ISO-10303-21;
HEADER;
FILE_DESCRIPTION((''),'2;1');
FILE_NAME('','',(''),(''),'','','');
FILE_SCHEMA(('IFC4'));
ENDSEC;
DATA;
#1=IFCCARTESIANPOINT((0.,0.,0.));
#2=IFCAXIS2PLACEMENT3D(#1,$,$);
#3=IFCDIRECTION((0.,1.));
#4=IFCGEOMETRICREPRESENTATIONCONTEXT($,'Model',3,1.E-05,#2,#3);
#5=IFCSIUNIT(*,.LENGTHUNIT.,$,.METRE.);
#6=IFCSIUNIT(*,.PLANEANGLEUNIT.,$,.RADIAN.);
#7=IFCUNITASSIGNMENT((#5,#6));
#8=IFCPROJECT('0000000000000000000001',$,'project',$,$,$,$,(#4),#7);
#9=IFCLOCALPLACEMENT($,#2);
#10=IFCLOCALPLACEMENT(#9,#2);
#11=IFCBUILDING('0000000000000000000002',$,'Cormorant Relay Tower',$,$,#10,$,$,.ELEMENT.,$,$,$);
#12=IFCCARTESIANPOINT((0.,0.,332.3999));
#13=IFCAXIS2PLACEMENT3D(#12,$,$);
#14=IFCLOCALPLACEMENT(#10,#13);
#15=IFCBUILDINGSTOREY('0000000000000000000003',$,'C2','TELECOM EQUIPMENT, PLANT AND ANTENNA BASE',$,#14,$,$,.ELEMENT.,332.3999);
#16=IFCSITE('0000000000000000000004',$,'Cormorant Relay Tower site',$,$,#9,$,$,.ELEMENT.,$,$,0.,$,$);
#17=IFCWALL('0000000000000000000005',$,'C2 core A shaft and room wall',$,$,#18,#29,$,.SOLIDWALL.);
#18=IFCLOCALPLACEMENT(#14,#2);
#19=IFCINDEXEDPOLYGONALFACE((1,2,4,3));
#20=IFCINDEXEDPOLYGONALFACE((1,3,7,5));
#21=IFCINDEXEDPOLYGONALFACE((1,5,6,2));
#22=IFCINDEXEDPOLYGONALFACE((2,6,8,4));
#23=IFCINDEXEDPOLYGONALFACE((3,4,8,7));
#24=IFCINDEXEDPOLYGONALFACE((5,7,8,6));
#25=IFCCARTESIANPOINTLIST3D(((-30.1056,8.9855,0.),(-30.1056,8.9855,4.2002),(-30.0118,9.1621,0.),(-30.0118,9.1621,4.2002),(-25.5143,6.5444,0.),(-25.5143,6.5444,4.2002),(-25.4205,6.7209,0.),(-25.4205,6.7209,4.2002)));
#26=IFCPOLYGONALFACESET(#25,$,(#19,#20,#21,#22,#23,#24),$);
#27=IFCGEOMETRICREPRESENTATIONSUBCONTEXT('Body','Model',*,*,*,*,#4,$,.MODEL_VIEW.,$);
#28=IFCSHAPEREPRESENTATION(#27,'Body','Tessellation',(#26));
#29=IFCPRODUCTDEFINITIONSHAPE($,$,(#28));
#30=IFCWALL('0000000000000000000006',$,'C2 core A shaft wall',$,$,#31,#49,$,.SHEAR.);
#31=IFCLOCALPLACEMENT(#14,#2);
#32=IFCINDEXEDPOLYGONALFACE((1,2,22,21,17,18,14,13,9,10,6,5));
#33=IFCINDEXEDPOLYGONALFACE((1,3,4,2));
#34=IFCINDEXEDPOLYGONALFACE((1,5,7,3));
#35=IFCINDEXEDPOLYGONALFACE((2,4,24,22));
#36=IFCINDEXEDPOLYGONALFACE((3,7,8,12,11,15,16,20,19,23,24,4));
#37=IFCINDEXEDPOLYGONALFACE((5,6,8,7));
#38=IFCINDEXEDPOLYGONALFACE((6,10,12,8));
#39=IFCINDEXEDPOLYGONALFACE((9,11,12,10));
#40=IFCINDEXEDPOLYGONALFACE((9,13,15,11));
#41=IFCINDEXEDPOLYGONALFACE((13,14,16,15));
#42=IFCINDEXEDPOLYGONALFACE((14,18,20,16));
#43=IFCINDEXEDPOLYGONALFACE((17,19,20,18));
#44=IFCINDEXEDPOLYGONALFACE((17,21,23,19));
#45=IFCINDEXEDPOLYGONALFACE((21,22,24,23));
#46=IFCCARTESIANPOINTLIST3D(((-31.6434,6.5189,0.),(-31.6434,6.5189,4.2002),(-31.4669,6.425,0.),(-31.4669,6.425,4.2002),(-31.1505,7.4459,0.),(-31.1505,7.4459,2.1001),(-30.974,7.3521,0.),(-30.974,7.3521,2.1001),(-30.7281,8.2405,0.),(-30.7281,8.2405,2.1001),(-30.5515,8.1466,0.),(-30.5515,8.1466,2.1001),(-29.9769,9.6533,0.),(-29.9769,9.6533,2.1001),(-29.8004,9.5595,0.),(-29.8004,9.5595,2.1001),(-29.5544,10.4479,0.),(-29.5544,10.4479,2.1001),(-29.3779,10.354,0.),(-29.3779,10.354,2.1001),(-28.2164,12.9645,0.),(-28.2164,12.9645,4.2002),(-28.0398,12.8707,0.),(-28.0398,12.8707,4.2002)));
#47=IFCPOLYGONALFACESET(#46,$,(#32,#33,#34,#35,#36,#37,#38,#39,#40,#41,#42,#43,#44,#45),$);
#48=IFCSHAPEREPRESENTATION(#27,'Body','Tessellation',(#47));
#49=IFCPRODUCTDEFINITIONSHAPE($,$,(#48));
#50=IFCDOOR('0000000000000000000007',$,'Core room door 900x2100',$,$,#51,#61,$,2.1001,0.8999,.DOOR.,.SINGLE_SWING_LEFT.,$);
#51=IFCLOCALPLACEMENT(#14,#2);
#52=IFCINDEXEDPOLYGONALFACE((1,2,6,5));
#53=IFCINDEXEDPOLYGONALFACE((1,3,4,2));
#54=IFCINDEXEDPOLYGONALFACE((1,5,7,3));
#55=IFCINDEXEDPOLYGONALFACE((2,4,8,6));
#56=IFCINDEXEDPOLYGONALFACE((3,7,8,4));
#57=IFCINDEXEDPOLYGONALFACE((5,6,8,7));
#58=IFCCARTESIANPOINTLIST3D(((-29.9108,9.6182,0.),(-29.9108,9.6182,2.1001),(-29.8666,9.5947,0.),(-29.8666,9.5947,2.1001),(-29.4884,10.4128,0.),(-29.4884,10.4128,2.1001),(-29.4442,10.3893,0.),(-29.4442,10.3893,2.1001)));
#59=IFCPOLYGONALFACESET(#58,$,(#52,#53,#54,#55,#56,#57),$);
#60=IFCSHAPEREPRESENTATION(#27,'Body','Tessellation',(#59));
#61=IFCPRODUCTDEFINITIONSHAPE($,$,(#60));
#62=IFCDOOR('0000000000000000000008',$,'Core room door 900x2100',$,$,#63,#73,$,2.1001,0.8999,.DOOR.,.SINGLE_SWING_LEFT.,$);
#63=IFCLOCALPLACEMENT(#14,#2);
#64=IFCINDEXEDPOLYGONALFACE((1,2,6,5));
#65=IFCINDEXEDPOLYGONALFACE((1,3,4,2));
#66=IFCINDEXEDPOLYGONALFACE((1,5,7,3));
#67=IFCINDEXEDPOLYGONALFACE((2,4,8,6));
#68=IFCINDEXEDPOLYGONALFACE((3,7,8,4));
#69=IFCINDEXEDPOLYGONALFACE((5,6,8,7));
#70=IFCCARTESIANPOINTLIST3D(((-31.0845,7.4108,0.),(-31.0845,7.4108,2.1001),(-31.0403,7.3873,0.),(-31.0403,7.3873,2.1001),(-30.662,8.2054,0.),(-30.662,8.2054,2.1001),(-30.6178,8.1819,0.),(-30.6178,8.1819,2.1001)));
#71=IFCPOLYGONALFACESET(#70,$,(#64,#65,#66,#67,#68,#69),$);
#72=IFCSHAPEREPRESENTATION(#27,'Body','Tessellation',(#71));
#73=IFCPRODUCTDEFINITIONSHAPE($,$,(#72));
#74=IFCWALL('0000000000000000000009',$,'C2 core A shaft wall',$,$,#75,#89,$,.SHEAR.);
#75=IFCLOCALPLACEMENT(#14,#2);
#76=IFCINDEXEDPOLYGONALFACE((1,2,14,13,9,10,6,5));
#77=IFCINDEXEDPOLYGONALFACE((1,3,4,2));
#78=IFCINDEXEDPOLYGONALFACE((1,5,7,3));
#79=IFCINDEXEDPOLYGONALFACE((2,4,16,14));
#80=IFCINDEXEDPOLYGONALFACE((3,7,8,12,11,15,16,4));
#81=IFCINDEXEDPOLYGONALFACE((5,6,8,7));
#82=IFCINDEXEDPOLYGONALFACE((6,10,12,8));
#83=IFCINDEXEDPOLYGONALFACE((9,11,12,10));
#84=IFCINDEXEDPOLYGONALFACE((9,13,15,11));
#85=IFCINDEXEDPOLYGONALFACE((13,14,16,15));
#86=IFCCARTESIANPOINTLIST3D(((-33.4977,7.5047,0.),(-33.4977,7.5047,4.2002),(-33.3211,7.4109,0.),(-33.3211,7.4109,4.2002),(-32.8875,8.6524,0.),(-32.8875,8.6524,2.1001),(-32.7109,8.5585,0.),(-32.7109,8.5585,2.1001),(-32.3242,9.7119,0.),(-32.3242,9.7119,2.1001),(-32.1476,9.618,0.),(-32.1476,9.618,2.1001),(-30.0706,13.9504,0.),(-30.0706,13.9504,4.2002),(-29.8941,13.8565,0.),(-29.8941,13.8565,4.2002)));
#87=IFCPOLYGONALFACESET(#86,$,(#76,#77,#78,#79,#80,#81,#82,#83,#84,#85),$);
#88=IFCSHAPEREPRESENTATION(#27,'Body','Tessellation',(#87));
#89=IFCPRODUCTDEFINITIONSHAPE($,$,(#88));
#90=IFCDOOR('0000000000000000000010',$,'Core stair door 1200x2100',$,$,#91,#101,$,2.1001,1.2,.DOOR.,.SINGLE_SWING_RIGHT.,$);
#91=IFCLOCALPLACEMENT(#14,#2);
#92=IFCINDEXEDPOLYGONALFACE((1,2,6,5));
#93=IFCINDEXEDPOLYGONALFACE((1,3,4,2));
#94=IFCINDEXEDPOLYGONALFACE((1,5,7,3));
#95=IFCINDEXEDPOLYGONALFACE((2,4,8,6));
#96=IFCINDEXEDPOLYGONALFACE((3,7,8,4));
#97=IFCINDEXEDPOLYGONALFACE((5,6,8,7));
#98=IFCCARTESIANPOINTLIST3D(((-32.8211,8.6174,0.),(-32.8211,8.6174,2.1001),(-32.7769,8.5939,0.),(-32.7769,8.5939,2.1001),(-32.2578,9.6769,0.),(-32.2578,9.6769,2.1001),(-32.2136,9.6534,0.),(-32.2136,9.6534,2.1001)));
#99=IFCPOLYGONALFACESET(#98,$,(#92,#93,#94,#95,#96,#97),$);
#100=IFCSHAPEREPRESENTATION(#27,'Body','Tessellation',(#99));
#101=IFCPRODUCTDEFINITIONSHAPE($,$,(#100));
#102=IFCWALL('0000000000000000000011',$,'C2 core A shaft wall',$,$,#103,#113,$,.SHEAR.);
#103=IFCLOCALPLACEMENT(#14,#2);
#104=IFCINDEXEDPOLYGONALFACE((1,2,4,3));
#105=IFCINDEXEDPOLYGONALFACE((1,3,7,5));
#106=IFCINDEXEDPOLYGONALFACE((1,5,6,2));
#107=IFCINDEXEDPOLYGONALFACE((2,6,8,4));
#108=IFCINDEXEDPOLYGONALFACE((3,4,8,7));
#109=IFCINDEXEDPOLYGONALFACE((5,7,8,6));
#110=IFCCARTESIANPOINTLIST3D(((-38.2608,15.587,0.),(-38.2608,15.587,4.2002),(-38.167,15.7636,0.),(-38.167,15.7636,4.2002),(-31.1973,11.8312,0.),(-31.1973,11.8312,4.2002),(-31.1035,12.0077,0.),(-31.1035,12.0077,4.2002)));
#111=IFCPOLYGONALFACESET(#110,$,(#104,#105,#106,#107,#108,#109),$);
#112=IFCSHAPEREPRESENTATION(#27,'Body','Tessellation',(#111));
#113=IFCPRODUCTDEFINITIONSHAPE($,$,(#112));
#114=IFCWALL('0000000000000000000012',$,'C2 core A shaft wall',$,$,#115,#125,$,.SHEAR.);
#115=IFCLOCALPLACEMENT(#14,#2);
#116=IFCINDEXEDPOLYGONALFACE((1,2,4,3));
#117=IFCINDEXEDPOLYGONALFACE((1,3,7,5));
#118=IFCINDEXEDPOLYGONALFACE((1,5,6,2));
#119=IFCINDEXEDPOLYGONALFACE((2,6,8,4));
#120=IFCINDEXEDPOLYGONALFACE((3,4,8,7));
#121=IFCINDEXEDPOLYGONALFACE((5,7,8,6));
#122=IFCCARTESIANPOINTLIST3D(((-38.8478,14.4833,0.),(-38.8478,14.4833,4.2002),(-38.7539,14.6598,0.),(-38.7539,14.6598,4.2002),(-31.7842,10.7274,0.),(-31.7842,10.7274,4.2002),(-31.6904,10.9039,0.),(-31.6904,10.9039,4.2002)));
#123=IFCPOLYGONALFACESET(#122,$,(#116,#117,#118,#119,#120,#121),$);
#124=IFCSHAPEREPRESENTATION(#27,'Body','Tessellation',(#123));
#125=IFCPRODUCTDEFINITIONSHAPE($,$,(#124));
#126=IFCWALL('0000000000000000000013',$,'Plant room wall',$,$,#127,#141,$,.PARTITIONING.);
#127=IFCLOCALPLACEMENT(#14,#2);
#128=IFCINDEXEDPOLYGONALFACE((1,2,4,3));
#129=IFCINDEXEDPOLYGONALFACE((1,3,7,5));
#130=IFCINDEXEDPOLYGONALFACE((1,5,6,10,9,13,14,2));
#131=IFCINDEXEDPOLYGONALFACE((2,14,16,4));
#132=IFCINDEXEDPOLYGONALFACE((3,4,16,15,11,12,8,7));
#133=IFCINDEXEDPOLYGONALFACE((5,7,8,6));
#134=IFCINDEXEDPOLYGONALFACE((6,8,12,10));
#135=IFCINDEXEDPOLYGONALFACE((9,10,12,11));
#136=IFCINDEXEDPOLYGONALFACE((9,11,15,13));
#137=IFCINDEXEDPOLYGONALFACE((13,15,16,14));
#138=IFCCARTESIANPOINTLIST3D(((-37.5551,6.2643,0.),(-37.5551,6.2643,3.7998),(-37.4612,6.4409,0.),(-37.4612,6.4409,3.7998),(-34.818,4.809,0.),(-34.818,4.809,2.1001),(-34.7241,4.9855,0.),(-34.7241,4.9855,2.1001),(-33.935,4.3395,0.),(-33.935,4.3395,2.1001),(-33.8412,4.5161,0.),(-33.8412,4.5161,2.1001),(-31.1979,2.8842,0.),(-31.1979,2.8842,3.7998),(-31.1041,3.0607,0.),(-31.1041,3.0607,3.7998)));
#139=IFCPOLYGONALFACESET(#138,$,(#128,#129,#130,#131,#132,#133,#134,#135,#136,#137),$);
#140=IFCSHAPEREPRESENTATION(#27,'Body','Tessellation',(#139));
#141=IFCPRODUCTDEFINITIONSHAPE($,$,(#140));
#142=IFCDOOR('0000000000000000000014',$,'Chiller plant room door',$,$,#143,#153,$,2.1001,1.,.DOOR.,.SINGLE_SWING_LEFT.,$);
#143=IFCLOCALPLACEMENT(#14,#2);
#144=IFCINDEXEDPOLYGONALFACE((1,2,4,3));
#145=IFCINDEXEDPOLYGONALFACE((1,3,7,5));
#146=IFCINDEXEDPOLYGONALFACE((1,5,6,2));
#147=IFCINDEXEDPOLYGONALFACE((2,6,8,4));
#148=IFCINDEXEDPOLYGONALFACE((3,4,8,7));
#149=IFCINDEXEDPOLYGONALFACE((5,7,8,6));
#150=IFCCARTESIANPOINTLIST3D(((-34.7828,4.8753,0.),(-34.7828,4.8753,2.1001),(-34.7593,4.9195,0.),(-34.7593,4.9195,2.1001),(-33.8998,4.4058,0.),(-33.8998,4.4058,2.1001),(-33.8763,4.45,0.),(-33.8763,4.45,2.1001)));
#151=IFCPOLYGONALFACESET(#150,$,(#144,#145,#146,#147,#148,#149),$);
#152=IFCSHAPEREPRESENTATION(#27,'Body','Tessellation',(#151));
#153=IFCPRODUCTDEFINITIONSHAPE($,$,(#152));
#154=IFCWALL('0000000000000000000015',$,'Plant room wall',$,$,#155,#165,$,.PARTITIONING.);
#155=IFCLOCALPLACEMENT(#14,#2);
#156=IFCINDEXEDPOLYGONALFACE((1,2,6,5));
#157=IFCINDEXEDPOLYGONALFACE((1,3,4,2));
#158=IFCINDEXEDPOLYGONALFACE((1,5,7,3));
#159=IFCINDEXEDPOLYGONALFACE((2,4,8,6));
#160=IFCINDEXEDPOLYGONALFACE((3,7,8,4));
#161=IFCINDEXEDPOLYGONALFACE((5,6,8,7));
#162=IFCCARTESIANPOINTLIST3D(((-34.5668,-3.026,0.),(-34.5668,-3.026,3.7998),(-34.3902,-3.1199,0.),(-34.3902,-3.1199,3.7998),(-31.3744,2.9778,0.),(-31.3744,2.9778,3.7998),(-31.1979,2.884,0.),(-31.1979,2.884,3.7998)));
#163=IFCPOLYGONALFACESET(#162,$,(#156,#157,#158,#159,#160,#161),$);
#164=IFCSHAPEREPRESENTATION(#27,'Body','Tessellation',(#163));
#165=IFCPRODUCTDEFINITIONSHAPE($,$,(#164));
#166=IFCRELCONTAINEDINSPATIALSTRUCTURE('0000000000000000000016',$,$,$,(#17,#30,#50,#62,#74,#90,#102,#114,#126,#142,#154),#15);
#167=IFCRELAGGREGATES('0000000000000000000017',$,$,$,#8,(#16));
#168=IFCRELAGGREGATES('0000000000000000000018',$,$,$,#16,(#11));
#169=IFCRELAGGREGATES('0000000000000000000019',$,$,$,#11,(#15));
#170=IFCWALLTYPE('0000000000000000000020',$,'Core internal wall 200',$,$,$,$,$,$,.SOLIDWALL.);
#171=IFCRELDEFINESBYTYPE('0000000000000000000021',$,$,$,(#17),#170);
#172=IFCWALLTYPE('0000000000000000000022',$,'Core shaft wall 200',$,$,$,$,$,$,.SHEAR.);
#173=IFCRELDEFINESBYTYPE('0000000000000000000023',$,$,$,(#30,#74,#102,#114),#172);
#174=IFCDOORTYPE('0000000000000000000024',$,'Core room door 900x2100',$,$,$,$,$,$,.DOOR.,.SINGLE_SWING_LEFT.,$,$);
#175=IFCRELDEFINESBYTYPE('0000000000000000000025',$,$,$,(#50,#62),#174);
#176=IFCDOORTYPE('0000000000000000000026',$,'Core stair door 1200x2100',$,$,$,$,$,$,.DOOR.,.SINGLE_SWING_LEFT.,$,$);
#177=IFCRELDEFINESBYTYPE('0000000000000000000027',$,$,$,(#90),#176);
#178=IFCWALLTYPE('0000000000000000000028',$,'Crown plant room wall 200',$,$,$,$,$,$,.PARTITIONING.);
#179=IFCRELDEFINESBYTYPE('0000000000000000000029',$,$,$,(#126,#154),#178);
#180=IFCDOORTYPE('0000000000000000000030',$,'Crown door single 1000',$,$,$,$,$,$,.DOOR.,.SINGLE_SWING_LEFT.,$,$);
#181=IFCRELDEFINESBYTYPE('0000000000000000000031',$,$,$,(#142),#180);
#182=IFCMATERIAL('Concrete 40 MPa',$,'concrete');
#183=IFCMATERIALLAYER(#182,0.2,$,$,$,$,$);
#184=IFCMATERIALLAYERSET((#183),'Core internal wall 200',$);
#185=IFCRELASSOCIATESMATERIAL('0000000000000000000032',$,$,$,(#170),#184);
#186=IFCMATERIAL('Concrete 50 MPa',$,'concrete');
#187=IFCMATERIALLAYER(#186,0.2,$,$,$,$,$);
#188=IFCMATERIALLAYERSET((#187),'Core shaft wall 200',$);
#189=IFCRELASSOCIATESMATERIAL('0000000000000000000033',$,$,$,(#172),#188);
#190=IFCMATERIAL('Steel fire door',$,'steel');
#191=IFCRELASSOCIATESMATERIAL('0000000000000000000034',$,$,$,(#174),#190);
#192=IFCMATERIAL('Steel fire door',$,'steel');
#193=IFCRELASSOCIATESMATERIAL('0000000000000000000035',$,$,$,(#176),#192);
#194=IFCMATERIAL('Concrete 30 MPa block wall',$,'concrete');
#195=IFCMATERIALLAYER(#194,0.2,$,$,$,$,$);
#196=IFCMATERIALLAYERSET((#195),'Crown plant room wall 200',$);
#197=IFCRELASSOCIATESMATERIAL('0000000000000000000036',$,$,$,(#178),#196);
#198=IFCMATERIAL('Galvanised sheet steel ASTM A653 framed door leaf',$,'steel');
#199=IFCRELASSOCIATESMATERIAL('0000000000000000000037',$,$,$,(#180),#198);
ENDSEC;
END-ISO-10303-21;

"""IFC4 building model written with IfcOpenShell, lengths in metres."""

from ifc_helpers import new_model, si_unit, direction, frame, frame_2d, origin, place, context, subcontext, project, spatial, rectangle, extrude, material, layer, layer_set, type_object, element, fill, save


model = new_model("IFC4")

# Units and contexts
model_context = context("Model", 3, precision=1e-05, world=origin(), true_north=direction((0.0, 1.0)))
body_context = subcontext(model_context, "Body", "Model", "MODEL_VIEW")
ifc_project = project(units=[si_unit("LENGTHUNIT", "METRE"), si_unit("PLANEANGLEUNIT", "RADIAN")], contexts=[model_context])

# Site, building, storey
site_placement = place(None, origin())
site = spatial("IfcSite", under=ifc_project, at=site_placement, Name="Cormorant Relay Tower site", CompositionType="ELEMENT", RefElevation=0.0)
building_placement = place(site_placement, origin())
building = spatial("IfcBuilding", under=site, at=building_placement, Name="Cormorant Relay Tower", CompositionType="ELEMENT")
storey_placement = place(building_placement, frame((0.0, 0.0, 332.3999)))
storey = spatial("IfcBuildingStorey", under=building, at=storey_placement, Name="C2", Description="TELECOM EQUIPMENT, PLANT AND ANTENNA BASE", CompositionType="ELEMENT", Elevation=332.3999)

# Wall
ifc_material_1 = material(Name="Concrete 40 MPa", Category="concrete")
ifc_layer_1 = layer(ifc_material_1, 0.2)
ifc_layer_set_1 = layer_set([ifc_layer_1], Name="Core internal wall 200")
wall_type_1 = type_object("IfcWallType", Name="Core internal wall 200", PredefinedType="SOLIDWALL", material=ifc_layer_set_1)
wall_1_placement = place(storey_placement, frame((-25.4673, 6.6326, 0.0), z_axis=(0.0, 0.0, 1.0), x_axis=(-0.882954, 0.46946, 0.0)))
element("IfcWall", 1, at=wall_1_placement, inside=storey, type_object=wall_type_1, Name="C2 core A shaft and room wall", PredefinedType="SOLIDWALL", context=body_context, shape_type="SweptSolid", body=[
    extrude(rectangle(XDim=5.2, YDim=0.2, at=frame_2d((2.6001, 0.0))), origin(), (0.0, 0.0, 1.0), 4.2002),
])

# Wall, openings, doors
ifc_material_2 = material(Name="Concrete 50 MPa", Category="concrete")
ifc_layer_2 = layer(ifc_material_2, 0.2)
ifc_layer_set_2 = layer_set([ifc_layer_2], Name="Core shaft wall 200")
wall_type_2 = type_object("IfcWallType", Name="Core shaft wall 200", PredefinedType="SHEAR", material=ifc_layer_set_2)
wall_2_placement = place(storey_placement, frame((-28.1282, 12.9175, 0.0), z_axis=(0.0, 0.0, 1.0), x_axis=(-0.469454, -0.882957, 0.0)))
wall_2 = element("IfcWall", 2, at=wall_2_placement, inside=storey, type_object=wall_type_2, Name="C2 core A shaft wall", PredefinedType="SHEAR", context=body_context, shape_type="SweptSolid", body=[
    extrude(rectangle(XDim=7.3, YDim=0.2, at=frame_2d((3.6499, 0.0))), origin(), (0.0, 0.0, 1.0), 4.2002),
])
opening_1_placement = place(wall_2_placement, frame((2.8501, 0.0, 0.0)))
opening_1 = element("IfcOpeningElement", 3, at=opening_1_placement, cuts=wall_2, PredefinedType="OPENING", context=body_context, shape_type="SweptSolid", body=[
    extrude(rectangle(XDim=0.8999, YDim=2.1001, at=frame_2d((0.45, 1.05))), frame((0.0, 0.1099, 0.0), z_axis=(0.0, -1.0, 0.0), x_axis=(1.0, 0.0, 0.0)), (0.0, 0.0, 1.0), 0.22),
])
opening_2_placement = place(wall_2_placement, frame((5.3501, 0.0, 0.0)))
opening_2 = element("IfcOpeningElement", 4, at=opening_2_placement, cuts=wall_2, PredefinedType="OPENING", context=body_context, shape_type="SweptSolid", body=[
    extrude(rectangle(XDim=0.8999, YDim=2.1001, at=frame_2d((0.45, 1.05))), frame((0.0, 0.1099, 0.0), z_axis=(0.0, -1.0, 0.0), x_axis=(1.0, 0.0, 0.0)), (0.0, 0.0, 1.0), 0.22),
])
ifc_material_3 = material(Name="Steel fire door", Category="steel")
door_type_1 = type_object("IfcDoorType", Name="Core room door 900x2100", OperationType="SINGLE_SWING_LEFT", PredefinedType="DOOR", material=ifc_material_3)
door_1_placement = place(opening_1_placement, origin())
door_1 = element("IfcDoor", 5, at=door_1_placement, inside=storey, type_object=door_type_1, Name="Core room door 900x2100", OperationType="SINGLE_SWING_LEFT", OverallHeight=2.1001, OverallWidth=0.8999, PredefinedType="DOOR", context=body_context, shape_type="SweptSolid", body=[
    extrude(rectangle(XDim=0.8999, YDim=2.1001, at=frame_2d((0.45, 1.05))), frame((0.0, 0.0249, 0.0), z_axis=(0.0, -1.0, 0.0), x_axis=(1.0, 0.0, 0.0)), (0.0, 0.0, 1.0), 0.05),
])
fill(opening_1, door_1)
door_2_placement = place(opening_2_placement, origin())
door_2 = element("IfcDoor", 6, at=door_2_placement, inside=storey, type_object=door_type_1, Name="Core room door 900x2100", OperationType="SINGLE_SWING_LEFT", OverallHeight=2.1001, OverallWidth=0.8999, PredefinedType="DOOR", context=body_context, shape_type="SweptSolid", body=[
    extrude(rectangle(XDim=0.8999, YDim=2.1001, at=frame_2d((0.45, 1.05))), frame((0.0, 0.0249, 0.0), z_axis=(0.0, -1.0, 0.0), x_axis=(1.0, 0.0, 0.0)), (0.0, 0.0, 1.0), 0.05),
])
fill(opening_2, door_2)

# Wall, opening, door
wall_3_placement = place(storey_placement, frame((-29.9824, 13.9033, 0.0), z_axis=(0.0, 0.0, 1.0), x_axis=(-0.469454, -0.882957, 0.0)))
wall_3 = element("IfcWall", 7, at=wall_3_placement, inside=storey, type_object=wall_type_2, Name="C2 core A shaft wall", PredefinedType="SHEAR", context=body_context, shape_type="SweptSolid", body=[
    extrude(rectangle(XDim=7.3, YDim=0.2, at=frame_2d((3.6499, 0.0))), origin(), (0.0, 0.0, 1.0), 4.2002),
])
opening_3_placement = place(wall_3_placement, frame((4.8, 0.0, 0.0)))
opening_3 = element("IfcOpeningElement", 8, at=opening_3_placement, cuts=wall_3, PredefinedType="OPENING", context=body_context, shape_type="SweptSolid", body=[
    extrude(rectangle(XDim=1.2, YDim=2.1001, at=frame_2d((0.6001, 1.05))), frame((0.0, 0.1099, 0.0), z_axis=(0.0, -1.0, 0.0), x_axis=(1.0, 0.0, 0.0)), (0.0, 0.0, 1.0), 0.22),
])
ifc_material_4 = material(Name="Steel fire door", Category="steel")
door_type_2 = type_object("IfcDoorType", Name="Core stair door 1200x2100", OperationType="SINGLE_SWING_LEFT", PredefinedType="DOOR", material=ifc_material_4)
door_3_placement = place(opening_3_placement, frame((1.2, 0.0, 0.0), z_axis=(0.0, 0.0, 1.0), x_axis=(-1.0, 0.0, 0.0)))
door_3 = element("IfcDoor", 9, at=door_3_placement, inside=storey, type_object=door_type_2, Name="Core stair door 1200x2100", OperationType="SINGLE_SWING_RIGHT", OverallHeight=2.1001, OverallWidth=1.2, PredefinedType="DOOR", context=body_context, shape_type="SweptSolid", body=[
    extrude(rectangle(XDim=1.2, YDim=2.1001, at=frame_2d((0.6001, 1.05))), frame((0.0, 0.0249, 0.0), z_axis=(0.0, -1.0, 0.0), x_axis=(1.0, 0.0, 0.0)), (0.0, 0.0, 1.0), 0.05),
])
fill(opening_3, door_3)

# Walls
for number, where, z_axis, x_axis, name in (
    (10, (-31.1504, 11.9194, 0.0), (0.0, 0.0, 1.0), (-0.88294, 0.469485, 0.0), "C2 core A shaft wall"),
    (11, (-31.7373, 10.8157, 0.0), (0.0, 0.0, 1.0), (-0.88294, 0.469485, 0.0), "C2 core A shaft wall"),
):
    element("IfcWall", number, at=place(storey_placement, frame(where, z_axis=z_axis, x_axis=x_axis)), inside=storey, type_object=wall_type_2, Name=name, PredefinedType="SHEAR", context=body_context, shape_type="SweptSolid", body=[
        extrude(rectangle(XDim=8.0, YDim=0.2, at=frame_2d((4.0, 0.0))), origin(), (0.0, 0.0, 1.0), 4.2002),
    ])

# Wall, opening, door
ifc_material_5 = material(Name="Concrete 30 MPa block wall", Category="concrete")
ifc_layer_3 = layer(ifc_material_5, 0.2)
ifc_layer_set_3 = layer_set([ifc_layer_3], Name="Crown plant room wall 200")
wall_type_3 = type_object("IfcWallType", Name="Crown plant room wall 200", PredefinedType="PARTITIONING", material=ifc_layer_set_3)
wall_4_placement = place(storey_placement, frame((-31.1509, 2.9724, 0.0), z_axis=(0.0, 0.0, 1.0), x_axis=(-0.88295, 0.469467, 0.0)))
wall_4 = element("IfcWall", 12, at=wall_4_placement, inside=storey, type_object=wall_type_3, Name="Plant room wall", PredefinedType="PARTITIONING", context=body_context, shape_type="SweptSolid", body=[
    extrude(rectangle(XDim=7.2, YDim=0.2, at=frame_2d((3.6001, 0.0))), origin(), (0.0, 0.0, 1.0), 3.7998),
])
opening_4_placement = place(wall_4_placement, frame((3.1001, 0.0, 0.0)))
opening_4 = element("IfcOpeningElement", 13, at=opening_4_placement, cuts=wall_4, PredefinedType="OPENING", context=body_context, shape_type="SweptSolid", body=[
    extrude(rectangle(XDim=1.0, YDim=2.1001, at=frame_2d((0.5, 1.05))), frame((0.0, 0.1099, 0.0), z_axis=(0.0, -1.0, 0.0), x_axis=(1.0, 0.0, 0.0)), (0.0, 0.0, 1.0), 0.22),
])
ifc_material_6 = material(Name="Galvanised sheet steel ASTM A653 framed door leaf", Category="steel")
door_type_3 = type_object("IfcDoorType", Name="Crown door single 1000", OperationType="SINGLE_SWING_LEFT", PredefinedType="DOOR", material=ifc_material_6)
door_4_placement = place(opening_4_placement, origin())
door_4 = element("IfcDoor", 14, at=door_4_placement, inside=storey, type_object=door_type_3, Name="Chiller plant room door", OperationType="SINGLE_SWING_LEFT", OverallHeight=2.1001, OverallWidth=1.0, PredefinedType="DOOR", context=body_context, shape_type="SweptSolid", body=[
    extrude(rectangle(XDim=1.0, YDim=2.1001, at=frame_2d((0.5, 1.05))), frame((0.0, 0.0249, 0.0), z_axis=(0.0, -1.0, 0.0), x_axis=(1.0, 0.0, 0.0)), (0.0, 0.0, 1.0), 0.05),
])
fill(opening_4, door_4)

# Wall
wall_5_placement = place(storey_placement, frame((-31.2861, 2.9309, 0.0), z_axis=(0.0, 0.0, 1.0), x_axis=(-0.469477, -0.882945, 0.0)))
element("IfcWall", 15, at=wall_5_placement, inside=storey, type_object=wall_type_3, Name="Plant room wall", PredefinedType="PARTITIONING", context=body_context, shape_type="SweptSolid", body=[
    extrude(rectangle(XDim=6.7998, YDim=0.2, at=frame_2d((3.3999, 0.0))), origin(), (0.0, 0.0, 1.0), 3.7998),
])

save(model, "model.ifc")
